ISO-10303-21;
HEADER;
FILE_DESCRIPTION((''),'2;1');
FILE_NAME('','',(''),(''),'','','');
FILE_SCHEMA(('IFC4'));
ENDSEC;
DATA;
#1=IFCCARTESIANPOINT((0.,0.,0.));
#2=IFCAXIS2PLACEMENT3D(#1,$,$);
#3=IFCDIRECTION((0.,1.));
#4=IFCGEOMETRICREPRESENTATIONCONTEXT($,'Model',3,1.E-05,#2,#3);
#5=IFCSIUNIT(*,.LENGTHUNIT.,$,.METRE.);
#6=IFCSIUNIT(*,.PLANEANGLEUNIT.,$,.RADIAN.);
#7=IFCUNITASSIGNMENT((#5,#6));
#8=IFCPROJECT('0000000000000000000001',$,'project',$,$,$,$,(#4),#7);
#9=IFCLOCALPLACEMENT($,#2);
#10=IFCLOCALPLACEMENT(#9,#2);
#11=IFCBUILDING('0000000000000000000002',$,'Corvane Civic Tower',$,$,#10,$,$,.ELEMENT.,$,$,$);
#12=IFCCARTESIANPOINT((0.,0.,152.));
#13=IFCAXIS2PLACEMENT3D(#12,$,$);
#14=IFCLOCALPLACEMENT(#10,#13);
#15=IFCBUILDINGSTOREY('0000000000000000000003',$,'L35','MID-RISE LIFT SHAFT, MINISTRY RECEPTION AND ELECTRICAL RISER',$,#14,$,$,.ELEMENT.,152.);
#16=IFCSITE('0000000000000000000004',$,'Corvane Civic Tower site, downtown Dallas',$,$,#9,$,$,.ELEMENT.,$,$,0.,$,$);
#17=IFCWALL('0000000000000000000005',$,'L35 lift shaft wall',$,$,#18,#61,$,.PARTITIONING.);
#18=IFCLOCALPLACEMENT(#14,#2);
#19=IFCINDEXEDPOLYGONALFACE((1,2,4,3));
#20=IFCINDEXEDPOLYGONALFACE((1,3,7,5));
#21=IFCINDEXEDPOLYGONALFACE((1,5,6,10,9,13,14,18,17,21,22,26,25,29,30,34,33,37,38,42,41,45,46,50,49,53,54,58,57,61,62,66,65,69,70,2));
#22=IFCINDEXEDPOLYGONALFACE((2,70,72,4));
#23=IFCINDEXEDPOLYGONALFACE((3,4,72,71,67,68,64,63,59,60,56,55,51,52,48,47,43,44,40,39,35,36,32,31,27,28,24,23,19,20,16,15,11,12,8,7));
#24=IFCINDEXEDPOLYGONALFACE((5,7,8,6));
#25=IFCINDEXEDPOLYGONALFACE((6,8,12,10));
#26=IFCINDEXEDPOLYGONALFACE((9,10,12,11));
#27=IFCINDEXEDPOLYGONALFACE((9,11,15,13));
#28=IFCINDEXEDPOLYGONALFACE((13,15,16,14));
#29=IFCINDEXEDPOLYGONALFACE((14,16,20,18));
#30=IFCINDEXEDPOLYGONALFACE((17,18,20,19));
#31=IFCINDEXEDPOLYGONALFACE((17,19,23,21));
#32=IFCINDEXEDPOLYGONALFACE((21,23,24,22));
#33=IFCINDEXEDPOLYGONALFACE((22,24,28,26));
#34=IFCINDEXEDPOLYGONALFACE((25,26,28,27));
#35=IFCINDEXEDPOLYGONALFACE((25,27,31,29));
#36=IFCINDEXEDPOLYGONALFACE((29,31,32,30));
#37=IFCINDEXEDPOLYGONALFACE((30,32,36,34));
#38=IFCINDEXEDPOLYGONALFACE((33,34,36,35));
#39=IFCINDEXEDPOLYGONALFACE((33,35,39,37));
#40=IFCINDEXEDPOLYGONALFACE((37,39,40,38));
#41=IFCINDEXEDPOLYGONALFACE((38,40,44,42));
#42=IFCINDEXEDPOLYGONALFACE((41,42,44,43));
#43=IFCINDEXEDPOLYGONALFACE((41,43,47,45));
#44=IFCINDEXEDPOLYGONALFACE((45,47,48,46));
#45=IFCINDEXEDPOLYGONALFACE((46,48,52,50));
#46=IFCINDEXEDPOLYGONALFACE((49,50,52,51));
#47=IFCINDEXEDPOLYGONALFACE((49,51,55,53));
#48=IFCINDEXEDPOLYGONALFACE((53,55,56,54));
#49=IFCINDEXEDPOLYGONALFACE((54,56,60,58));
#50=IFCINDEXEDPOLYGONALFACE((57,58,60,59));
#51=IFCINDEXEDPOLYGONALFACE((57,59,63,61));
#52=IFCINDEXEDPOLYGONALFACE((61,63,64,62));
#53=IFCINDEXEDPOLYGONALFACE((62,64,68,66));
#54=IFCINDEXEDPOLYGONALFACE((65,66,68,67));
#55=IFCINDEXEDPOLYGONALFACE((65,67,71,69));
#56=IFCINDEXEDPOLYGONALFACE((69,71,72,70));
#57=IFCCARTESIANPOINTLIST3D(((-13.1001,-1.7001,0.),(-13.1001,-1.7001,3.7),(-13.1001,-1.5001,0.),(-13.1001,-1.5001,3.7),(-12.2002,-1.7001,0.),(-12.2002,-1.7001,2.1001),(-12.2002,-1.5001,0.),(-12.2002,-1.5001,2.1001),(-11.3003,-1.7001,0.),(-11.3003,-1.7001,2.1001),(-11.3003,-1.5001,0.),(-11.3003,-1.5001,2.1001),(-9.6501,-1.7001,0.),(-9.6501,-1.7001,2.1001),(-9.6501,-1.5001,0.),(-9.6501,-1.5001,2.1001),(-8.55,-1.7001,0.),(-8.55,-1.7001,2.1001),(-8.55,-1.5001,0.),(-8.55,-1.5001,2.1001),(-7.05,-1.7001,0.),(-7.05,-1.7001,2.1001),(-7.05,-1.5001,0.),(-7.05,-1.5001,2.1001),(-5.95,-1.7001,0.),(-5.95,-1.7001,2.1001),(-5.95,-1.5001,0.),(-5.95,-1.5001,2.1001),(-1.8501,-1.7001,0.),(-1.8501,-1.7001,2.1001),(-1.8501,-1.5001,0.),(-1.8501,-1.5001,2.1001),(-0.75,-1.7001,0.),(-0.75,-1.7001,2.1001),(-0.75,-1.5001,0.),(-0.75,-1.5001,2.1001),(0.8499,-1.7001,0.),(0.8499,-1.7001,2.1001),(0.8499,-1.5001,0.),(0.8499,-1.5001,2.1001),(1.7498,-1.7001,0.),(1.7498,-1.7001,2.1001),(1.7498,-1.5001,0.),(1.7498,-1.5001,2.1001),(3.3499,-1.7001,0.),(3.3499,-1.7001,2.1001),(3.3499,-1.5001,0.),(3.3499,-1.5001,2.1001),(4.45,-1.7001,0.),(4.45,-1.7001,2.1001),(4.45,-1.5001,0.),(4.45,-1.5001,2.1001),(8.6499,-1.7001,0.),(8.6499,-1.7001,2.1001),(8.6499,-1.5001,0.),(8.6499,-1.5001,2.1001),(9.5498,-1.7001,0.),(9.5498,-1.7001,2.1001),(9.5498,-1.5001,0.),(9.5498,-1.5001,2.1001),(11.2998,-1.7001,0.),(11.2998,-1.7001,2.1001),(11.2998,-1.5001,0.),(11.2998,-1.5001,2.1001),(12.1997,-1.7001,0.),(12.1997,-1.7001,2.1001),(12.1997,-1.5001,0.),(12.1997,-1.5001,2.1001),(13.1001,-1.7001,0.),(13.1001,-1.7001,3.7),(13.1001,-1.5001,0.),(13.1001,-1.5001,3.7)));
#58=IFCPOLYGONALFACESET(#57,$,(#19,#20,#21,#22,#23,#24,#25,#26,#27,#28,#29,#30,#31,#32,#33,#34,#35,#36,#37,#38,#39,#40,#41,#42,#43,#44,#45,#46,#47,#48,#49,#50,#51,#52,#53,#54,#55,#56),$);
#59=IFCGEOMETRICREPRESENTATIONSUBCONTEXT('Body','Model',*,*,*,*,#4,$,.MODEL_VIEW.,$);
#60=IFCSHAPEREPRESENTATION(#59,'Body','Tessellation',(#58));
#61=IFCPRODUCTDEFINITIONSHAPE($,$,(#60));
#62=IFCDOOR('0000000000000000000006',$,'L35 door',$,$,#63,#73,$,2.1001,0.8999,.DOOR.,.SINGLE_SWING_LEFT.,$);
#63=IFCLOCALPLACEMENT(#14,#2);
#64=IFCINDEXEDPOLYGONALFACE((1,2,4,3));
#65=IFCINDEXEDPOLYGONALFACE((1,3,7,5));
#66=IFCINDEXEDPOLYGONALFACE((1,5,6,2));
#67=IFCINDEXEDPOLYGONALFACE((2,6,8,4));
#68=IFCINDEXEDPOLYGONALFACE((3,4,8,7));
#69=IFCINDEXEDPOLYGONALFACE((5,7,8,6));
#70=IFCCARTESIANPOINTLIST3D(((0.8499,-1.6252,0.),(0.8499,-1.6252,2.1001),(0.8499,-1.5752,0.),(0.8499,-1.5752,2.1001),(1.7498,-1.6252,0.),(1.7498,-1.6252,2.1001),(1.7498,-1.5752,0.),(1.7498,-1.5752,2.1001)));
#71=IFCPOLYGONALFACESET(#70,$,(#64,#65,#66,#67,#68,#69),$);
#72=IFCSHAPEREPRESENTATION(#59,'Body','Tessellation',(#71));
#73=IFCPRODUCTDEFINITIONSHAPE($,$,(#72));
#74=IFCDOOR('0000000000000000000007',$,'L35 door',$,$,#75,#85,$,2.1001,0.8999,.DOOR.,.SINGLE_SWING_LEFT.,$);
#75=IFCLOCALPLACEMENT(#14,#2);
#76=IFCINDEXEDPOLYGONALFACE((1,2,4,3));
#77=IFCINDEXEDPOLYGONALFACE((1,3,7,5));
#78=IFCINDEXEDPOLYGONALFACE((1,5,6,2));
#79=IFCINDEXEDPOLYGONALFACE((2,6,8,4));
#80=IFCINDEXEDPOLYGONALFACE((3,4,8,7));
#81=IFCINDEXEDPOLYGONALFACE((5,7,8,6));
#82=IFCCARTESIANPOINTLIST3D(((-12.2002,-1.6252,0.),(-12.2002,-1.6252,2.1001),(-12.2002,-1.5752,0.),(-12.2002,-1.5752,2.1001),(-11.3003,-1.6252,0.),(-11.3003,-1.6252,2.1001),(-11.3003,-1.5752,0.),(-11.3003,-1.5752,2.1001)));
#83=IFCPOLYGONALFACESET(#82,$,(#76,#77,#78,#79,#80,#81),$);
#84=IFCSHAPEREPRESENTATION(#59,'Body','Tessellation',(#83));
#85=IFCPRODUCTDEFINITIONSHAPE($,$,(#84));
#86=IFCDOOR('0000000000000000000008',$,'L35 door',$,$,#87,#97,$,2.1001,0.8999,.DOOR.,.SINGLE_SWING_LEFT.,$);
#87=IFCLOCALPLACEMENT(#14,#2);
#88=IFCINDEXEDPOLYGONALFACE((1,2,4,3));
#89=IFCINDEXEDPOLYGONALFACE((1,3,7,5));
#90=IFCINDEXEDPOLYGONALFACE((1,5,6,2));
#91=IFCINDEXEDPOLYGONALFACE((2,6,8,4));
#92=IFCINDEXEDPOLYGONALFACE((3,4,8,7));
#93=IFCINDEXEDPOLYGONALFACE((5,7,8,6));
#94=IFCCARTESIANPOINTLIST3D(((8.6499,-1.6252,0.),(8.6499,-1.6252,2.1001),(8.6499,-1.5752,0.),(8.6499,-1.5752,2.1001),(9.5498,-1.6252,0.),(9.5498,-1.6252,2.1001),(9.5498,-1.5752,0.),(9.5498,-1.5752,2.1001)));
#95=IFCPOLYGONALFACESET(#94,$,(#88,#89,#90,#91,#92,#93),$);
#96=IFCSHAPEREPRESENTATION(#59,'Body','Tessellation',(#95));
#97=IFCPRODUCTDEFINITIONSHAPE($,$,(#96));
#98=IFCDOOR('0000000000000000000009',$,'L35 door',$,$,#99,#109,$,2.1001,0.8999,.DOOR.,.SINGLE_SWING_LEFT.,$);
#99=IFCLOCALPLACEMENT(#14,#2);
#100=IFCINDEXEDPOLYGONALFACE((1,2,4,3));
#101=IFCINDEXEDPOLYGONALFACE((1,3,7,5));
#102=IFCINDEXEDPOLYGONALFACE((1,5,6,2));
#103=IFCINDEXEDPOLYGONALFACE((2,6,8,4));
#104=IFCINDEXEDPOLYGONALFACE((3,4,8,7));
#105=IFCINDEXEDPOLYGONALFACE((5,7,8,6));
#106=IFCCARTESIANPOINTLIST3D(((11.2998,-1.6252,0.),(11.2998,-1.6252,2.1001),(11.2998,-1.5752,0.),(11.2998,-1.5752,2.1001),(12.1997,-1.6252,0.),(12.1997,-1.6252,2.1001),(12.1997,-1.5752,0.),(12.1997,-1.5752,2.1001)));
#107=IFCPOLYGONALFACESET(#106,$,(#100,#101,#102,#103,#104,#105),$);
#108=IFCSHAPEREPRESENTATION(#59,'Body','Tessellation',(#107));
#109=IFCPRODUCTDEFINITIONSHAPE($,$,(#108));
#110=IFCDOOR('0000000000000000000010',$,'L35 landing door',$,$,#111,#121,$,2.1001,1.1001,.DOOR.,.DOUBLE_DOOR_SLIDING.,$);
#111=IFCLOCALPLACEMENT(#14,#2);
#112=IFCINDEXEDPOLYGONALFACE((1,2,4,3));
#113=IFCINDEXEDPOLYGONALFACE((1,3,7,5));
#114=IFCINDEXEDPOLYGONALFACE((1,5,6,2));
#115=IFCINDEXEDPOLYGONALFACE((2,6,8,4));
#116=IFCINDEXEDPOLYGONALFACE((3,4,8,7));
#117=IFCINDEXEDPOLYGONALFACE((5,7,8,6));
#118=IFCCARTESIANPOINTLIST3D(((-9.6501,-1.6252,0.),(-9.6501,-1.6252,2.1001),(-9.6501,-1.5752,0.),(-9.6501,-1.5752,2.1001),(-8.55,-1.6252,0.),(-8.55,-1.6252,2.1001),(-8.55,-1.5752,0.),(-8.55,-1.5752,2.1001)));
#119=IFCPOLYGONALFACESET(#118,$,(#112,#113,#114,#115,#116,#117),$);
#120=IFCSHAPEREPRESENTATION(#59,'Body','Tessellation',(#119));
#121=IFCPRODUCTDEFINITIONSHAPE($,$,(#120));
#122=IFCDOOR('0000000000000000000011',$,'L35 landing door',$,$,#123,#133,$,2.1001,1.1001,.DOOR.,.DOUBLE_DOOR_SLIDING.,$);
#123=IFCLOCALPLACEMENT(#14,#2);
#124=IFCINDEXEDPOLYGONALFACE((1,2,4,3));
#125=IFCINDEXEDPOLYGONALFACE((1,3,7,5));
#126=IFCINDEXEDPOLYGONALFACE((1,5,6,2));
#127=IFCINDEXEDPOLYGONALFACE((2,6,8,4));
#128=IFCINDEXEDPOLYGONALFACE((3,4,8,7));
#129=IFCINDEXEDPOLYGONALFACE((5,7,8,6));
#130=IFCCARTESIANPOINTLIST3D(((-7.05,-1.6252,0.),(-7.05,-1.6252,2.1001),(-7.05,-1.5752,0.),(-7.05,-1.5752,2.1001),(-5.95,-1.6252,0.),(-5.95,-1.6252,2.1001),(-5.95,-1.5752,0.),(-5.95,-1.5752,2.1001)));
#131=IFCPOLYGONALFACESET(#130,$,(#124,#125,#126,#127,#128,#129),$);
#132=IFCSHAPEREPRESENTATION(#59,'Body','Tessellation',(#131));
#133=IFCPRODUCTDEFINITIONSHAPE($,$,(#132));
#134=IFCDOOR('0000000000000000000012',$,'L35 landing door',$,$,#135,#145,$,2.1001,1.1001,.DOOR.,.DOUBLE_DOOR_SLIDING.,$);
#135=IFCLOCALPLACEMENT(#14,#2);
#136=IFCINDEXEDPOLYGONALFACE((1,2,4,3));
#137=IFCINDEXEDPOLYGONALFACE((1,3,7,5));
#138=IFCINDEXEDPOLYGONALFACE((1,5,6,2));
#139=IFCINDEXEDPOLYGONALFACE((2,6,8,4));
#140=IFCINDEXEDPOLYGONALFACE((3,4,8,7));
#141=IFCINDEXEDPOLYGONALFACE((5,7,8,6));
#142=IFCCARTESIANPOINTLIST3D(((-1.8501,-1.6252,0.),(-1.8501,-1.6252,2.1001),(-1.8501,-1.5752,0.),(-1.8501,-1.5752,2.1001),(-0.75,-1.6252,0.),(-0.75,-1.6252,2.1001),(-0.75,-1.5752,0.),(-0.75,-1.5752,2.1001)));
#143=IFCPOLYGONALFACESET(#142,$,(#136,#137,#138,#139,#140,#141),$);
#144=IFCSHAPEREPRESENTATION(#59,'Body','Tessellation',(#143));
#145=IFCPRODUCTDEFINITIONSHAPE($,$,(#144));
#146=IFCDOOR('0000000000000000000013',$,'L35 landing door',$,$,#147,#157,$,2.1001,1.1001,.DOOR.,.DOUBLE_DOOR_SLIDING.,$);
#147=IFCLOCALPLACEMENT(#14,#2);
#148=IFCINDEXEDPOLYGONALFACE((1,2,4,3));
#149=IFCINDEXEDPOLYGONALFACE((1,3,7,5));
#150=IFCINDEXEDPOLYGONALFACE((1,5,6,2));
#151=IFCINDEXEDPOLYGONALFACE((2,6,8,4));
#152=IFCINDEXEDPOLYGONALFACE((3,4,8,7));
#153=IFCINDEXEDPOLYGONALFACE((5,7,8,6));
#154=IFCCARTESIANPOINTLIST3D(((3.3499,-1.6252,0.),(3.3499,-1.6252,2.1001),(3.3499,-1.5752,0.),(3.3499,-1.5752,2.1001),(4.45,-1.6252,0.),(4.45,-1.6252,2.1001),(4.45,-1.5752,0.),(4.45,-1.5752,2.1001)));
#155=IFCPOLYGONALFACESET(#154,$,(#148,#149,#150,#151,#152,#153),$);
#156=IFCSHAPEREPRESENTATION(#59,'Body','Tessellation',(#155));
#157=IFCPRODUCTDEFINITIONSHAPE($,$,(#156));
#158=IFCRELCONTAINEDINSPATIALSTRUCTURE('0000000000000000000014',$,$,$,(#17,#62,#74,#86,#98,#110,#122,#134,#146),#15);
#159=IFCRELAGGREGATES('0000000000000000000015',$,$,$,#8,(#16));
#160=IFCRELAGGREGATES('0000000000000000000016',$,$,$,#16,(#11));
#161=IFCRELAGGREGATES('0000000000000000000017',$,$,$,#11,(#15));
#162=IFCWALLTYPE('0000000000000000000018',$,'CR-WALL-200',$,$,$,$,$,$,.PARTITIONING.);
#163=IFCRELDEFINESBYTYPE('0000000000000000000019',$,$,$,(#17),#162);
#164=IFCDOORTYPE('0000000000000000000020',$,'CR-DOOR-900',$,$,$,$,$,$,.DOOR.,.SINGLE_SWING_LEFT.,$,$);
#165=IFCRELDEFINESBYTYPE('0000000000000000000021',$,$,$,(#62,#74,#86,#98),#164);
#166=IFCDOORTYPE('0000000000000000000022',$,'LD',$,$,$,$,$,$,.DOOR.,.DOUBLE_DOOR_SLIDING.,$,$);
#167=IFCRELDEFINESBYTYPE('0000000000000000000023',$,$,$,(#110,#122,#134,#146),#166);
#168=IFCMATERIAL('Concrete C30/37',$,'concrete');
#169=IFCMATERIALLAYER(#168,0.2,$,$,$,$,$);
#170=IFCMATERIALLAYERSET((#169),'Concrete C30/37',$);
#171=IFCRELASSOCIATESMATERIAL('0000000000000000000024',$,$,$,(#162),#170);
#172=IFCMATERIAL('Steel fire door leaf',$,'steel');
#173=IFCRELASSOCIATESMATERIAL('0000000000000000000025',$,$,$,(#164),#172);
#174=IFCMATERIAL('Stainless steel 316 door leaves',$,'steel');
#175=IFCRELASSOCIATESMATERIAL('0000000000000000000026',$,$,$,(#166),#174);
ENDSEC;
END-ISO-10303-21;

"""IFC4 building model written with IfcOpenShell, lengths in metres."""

from ifc_helpers import new_model, si_unit, direction, frame, frame_2d, origin, place, context, subcontext, project, spatial, rectangle, extrude, material, layer, layer_set, type_object, element, fill, save


model = new_model("IFC4")

# Units and contexts
model_context = context("Model", 3, precision=1e-05, world=origin(), true_north=direction((0.0, 1.0)))
body_context = subcontext(model_context, "Body", "Model", "MODEL_VIEW")
ifc_project = project(units=[si_unit("LENGTHUNIT", "METRE"), si_unit("PLANEANGLEUNIT", "RADIAN")], contexts=[model_context])

# Site, building, storey
site_placement = place(None, origin())
site = spatial("IfcSite", under=ifc_project, at=site_placement, Name="Corvane Civic Tower site, downtown Dallas", CompositionType="ELEMENT", RefElevation=0.0)
building_placement = place(site_placement, origin())
building = spatial("IfcBuilding", under=site, at=building_placement, Name="Corvane Civic Tower", CompositionType="ELEMENT")
storey_placement = place(building_placement, frame((0.0, 0.0, 152.0)))
storey = spatial("IfcBuildingStorey", under=building, at=storey_placement, Name="L35", Description="MID-RISE LIFT SHAFT, MINISTRY RECEPTION AND ELECTRICAL RISER", CompositionType="ELEMENT", Elevation=152.0)

# Wall, openings, doors
ifc_material_1 = material(Name="Concrete C30/37", Category="concrete")
ifc_layer_1 = layer(ifc_material_1, 0.2)
ifc_layer_set_1 = layer_set([ifc_layer_1], Name="Concrete C30/37")
wall_type_1 = type_object("IfcWallType", Name="CR-WALL-200", PredefinedType="PARTITIONING", material=ifc_layer_set_1)
ifc_material_2 = material(Name="Steel fire door leaf", Category="steel")
door_type_1 = type_object("IfcDoorType", Name="CR-DOOR-900", OperationType="SINGLE_SWING_LEFT", PredefinedType="DOOR", material=ifc_material_2)
wall_1_placement = place(storey_placement, frame((-13.1001, -1.6001, 0.0), z_axis=(0.0, 0.0, 1.0), x_axis=(1.0, 0.0, 0.0)))
wall_1 = element("IfcWall", 1, at=wall_1_placement, inside=storey, type_object=wall_type_1, Name="L35 lift shaft wall", PredefinedType="PARTITIONING", context=body_context, shape_type="SweptSolid", body=[
    extrude(rectangle(XDim=26.2002, YDim=0.2, at=frame_2d((13.1001, 0.0))), origin(), (0.0, 0.0, 1.0), 3.7),
])
opening_1_placement = place(wall_1_placement, frame((3.45, 0.0, 0.0)))
opening_1 = element("IfcOpeningElement", 2, at=opening_1_placement, cuts=wall_1, PredefinedType="OPENING", context=body_context, shape_type="SweptSolid", body=[
    extrude(rectangle(XDim=1.1001, YDim=2.1001, at=frame_2d((0.55, 1.05))), frame((0.0, 0.1099, 0.0), z_axis=(0.0, -1.0, 0.0), x_axis=(1.0, 0.0, 0.0)), (0.0, 0.0, 1.0), 0.22),
])
opening_2_placement = place(wall_1_placement, frame((6.05, 0.0, 0.0)))
opening_2 = element("IfcOpeningElement", 3, at=opening_2_placement, cuts=wall_1, PredefinedType="OPENING", context=body_context, shape_type="SweptSolid", body=[
    extrude(rectangle(XDim=1.1001, YDim=2.1001, at=frame_2d((0.55, 1.05))), frame((0.0, 0.1099, 0.0), z_axis=(0.0, -1.0, 0.0), x_axis=(1.0, 0.0, 0.0)), (0.0, 0.0, 1.0), 0.22),
])
opening_3_placement = place(wall_1_placement, frame((11.25, 0.0, 0.0)))
opening_3 = element("IfcOpeningElement", 4, at=opening_3_placement, cuts=wall_1, PredefinedType="OPENING", context=body_context, shape_type="SweptSolid", body=[
    extrude(rectangle(XDim=1.1001, YDim=2.1001, at=frame_2d((0.55, 1.05))), frame((0.0, 0.1099, 0.0), z_axis=(0.0, -1.0, 0.0), x_axis=(1.0, 0.0, 0.0)), (0.0, 0.0, 1.0), 0.22),
])
opening_4_placement = place(wall_1_placement, frame((13.95, 0.0, 0.0)))
opening_4 = element("IfcOpeningElement", 5, at=opening_4_placement, cuts=wall_1, PredefinedType="OPENING", context=body_context, shape_type="SweptSolid", body=[
    extrude(rectangle(XDim=0.8999, YDim=2.1001, at=frame_2d((0.45, 1.05))), frame((0.0, 0.1099, 0.0), z_axis=(0.0, -1.0, 0.0), x_axis=(1.0, 0.0, 0.0)), (0.0, 0.0, 1.0), 0.22),
])
opening_5_placement = place(wall_1_placement, frame((16.45, 0.0, 0.0)))
opening_5 = element("IfcOpeningElement", 6, at=opening_5_placement, cuts=wall_1, PredefinedType="OPENING", context=body_context, shape_type="SweptSolid", body=[
    extrude(rectangle(XDim=1.1001, YDim=2.1001, at=frame_2d((0.55, 1.05))), frame((0.0, 0.1099, 0.0), z_axis=(0.0, -1.0, 0.0), x_axis=(1.0, 0.0, 0.0)), (0.0, 0.0, 1.0), 0.22),
])
opening_6_placement = place(wall_1_placement, frame((0.8999, 0.0, 0.0)))
opening_6 = element("IfcOpeningElement", 7, at=opening_6_placement, cuts=wall_1, PredefinedType="OPENING", context=body_context, shape_type="SweptSolid", body=[
    extrude(rectangle(XDim=0.8999, YDim=2.1001, at=frame_2d((0.45, 1.05))), frame((0.0, 0.1099, 0.0), z_axis=(0.0, -1.0, 0.0), x_axis=(1.0, 0.0, 0.0)), (0.0, 0.0, 1.0), 0.22),
])
opening_7_placement = place(wall_1_placement, frame((21.75, 0.0, 0.0)))
opening_7 = element("IfcOpeningElement", 8, at=opening_7_placement, cuts=wall_1, PredefinedType="OPENING", context=body_context, shape_type="SweptSolid", body=[
    extrude(rectangle(XDim=0.8999, YDim=2.1001, at=frame_2d((0.45, 1.05))), frame((0.0, 0.1099, 0.0), z_axis=(0.0, -1.0, 0.0), x_axis=(1.0, 0.0, 0.0)), (0.0, 0.0, 1.0), 0.22),
])
opening_8_placement = place(wall_1_placement, frame((24.3999, 0.0, 0.0)))
opening_8 = element("IfcOpeningElement", 9, at=opening_8_placement, cuts=wall_1, PredefinedType="OPENING", context=body_context, shape_type="SweptSolid", body=[
    extrude(rectangle(XDim=0.8999, YDim=2.1001, at=frame_2d((0.45, 1.05))), frame((0.0, 0.1099, 0.0), z_axis=(0.0, -1.0, 0.0), x_axis=(1.0, 0.0, 0.0)), (0.0, 0.0, 1.0), 0.22),
])
door_1_placement = place(opening_4_placement, origin())
door_1 = element("IfcDoor", 10, at=door_1_placement, inside=storey, type_object=door_type_1, Name="L35 door", OperationType="SINGLE_SWING_LEFT", OverallHeight=2.1001, OverallWidth=0.8999, PredefinedType="DOOR", context=body_context, shape_type="SweptSolid", body=[
    extrude(rectangle(XDim=0.8999, YDim=2.1001, at=frame_2d((0.45, 1.05))), frame((0.0, 0.0249, 0.0), z_axis=(0.0, -1.0, 0.0), x_axis=(1.0, 0.0, 0.0)), (0.0, 0.0, 1.0), 0.05),
])
fill(opening_4, door_1)
door_2_placement = place(opening_6_placement, origin())
door_2 = element("IfcDoor", 11, at=door_2_placement, inside=storey, type_object=door_type_1, Name="L35 door", OperationType="SINGLE_SWING_LEFT", OverallHeight=2.1001, OverallWidth=0.8999, PredefinedType="DOOR", context=body_context, shape_type="SweptSolid", body=[
    extrude(rectangle(XDim=0.8999, YDim=2.1001, at=frame_2d((0.45, 1.05))), frame((0.0, 0.0249, 0.0), z_axis=(0.0, -1.0, 0.0), x_axis=(1.0, 0.0, 0.0)), (0.0, 0.0, 1.0), 0.05),
])
fill(opening_6, door_2)
door_3_placement = place(opening_7_placement, origin())
door_3 = element("IfcDoor", 12, at=door_3_placement, inside=storey, type_object=door_type_1, Name="L35 door", OperationType="SINGLE_SWING_LEFT", OverallHeight=2.1001, OverallWidth=0.8999, PredefinedType="DOOR", context=body_context, shape_type="SweptSolid", body=[
    extrude(rectangle(XDim=0.8999, YDim=2.1001, at=frame_2d((0.45, 1.05))), frame((0.0, 0.0249, 0.0), z_axis=(0.0, -1.0, 0.0), x_axis=(1.0, 0.0, 0.0)), (0.0, 0.0, 1.0), 0.05),
])
fill(opening_7, door_3)
door_4_placement = place(opening_8_placement, origin())
door_4 = element("IfcDoor", 13, at=door_4_placement, inside=storey, type_object=door_type_1, Name="L35 door", OperationType="SINGLE_SWING_LEFT", OverallHeight=2.1001, OverallWidth=0.8999, PredefinedType="DOOR", context=body_context, shape_type="SweptSolid", body=[
    extrude(rectangle(XDim=0.8999, YDim=2.1001, at=frame_2d((0.45, 1.05))), frame((0.0, 0.0249, 0.0), z_axis=(0.0, -1.0, 0.0), x_axis=(1.0, 0.0, 0.0)), (0.0, 0.0, 1.0), 0.05),
])
fill(opening_8, door_4)
ifc_material_3 = material(Name="Stainless steel 316 door leaves", Category="steel")
door_type_2 = type_object("IfcDoorType", Name="LD", OperationType="DOUBLE_DOOR_SLIDING", PredefinedType="DOOR", material=ifc_material_3)
door_5_placement = place(opening_1_placement, origin())
door_5 = element("IfcDoor", 14, at=door_5_placement, inside=storey, type_object=door_type_2, Name="L35 landing door", OperationType="DOUBLE_DOOR_SLIDING", OverallHeight=2.1001, OverallWidth=1.1001, PredefinedType="DOOR", context=body_context, shape_type="SweptSolid", body=[
    extrude(rectangle(XDim=1.1001, YDim=2.1001, at=frame_2d((0.55, 1.05))), frame((0.0, 0.0249, 0.0), z_axis=(0.0, -1.0, 0.0), x_axis=(1.0, 0.0, 0.0)), (0.0, 0.0, 1.0), 0.05),
])
fill(opening_1, door_5)
door_6_placement = place(opening_2_placement, origin())
door_6 = element("IfcDoor", 15, at=door_6_placement, inside=storey, type_object=door_type_2, Name="L35 landing door", OperationType="DOUBLE_DOOR_SLIDING", OverallHeight=2.1001, OverallWidth=1.1001, PredefinedType="DOOR", context=body_context, shape_type="SweptSolid", body=[
    extrude(rectangle(XDim=1.1001, YDim=2.1001, at=frame_2d((0.55, 1.05))), frame((0.0, 0.0249, 0.0), z_axis=(0.0, -1.0, 0.0), x_axis=(1.0, 0.0, 0.0)), (0.0, 0.0, 1.0), 0.05),
])
fill(opening_2, door_6)
door_7_placement = place(opening_3_placement, origin())
door_7 = element("IfcDoor", 16, at=door_7_placement, inside=storey, type_object=door_type_2, Name="L35 landing door", OperationType="DOUBLE_DOOR_SLIDING", OverallHeight=2.1001, OverallWidth=1.1001, PredefinedType="DOOR", context=body_context, shape_type="SweptSolid", body=[
    extrude(rectangle(XDim=1.1001, YDim=2.1001, at=frame_2d((0.55, 1.05))), frame((0.0, 0.0249, 0.0), z_axis=(0.0, -1.0, 0.0), x_axis=(1.0, 0.0, 0.0)), (0.0, 0.0, 1.0), 0.05),
])
fill(opening_3, door_7)
door_8_placement = place(opening_5_placement, origin())
door_8 = element("IfcDoor", 17, at=door_8_placement, inside=storey, type_object=door_type_2, Name="L35 landing door", OperationType="DOUBLE_DOOR_SLIDING", OverallHeight=2.1001, OverallWidth=1.1001, PredefinedType="DOOR", context=body_context, shape_type="SweptSolid", body=[
    extrude(rectangle(XDim=1.1001, YDim=2.1001, at=frame_2d((0.55, 1.05))), frame((0.0, 0.0249, 0.0), z_axis=(0.0, -1.0, 0.0), x_axis=(1.0, 0.0, 0.0)), (0.0, 0.0, 1.0), 0.05),
])
fill(opening_5, door_8)

save(model, "model.ifc")
